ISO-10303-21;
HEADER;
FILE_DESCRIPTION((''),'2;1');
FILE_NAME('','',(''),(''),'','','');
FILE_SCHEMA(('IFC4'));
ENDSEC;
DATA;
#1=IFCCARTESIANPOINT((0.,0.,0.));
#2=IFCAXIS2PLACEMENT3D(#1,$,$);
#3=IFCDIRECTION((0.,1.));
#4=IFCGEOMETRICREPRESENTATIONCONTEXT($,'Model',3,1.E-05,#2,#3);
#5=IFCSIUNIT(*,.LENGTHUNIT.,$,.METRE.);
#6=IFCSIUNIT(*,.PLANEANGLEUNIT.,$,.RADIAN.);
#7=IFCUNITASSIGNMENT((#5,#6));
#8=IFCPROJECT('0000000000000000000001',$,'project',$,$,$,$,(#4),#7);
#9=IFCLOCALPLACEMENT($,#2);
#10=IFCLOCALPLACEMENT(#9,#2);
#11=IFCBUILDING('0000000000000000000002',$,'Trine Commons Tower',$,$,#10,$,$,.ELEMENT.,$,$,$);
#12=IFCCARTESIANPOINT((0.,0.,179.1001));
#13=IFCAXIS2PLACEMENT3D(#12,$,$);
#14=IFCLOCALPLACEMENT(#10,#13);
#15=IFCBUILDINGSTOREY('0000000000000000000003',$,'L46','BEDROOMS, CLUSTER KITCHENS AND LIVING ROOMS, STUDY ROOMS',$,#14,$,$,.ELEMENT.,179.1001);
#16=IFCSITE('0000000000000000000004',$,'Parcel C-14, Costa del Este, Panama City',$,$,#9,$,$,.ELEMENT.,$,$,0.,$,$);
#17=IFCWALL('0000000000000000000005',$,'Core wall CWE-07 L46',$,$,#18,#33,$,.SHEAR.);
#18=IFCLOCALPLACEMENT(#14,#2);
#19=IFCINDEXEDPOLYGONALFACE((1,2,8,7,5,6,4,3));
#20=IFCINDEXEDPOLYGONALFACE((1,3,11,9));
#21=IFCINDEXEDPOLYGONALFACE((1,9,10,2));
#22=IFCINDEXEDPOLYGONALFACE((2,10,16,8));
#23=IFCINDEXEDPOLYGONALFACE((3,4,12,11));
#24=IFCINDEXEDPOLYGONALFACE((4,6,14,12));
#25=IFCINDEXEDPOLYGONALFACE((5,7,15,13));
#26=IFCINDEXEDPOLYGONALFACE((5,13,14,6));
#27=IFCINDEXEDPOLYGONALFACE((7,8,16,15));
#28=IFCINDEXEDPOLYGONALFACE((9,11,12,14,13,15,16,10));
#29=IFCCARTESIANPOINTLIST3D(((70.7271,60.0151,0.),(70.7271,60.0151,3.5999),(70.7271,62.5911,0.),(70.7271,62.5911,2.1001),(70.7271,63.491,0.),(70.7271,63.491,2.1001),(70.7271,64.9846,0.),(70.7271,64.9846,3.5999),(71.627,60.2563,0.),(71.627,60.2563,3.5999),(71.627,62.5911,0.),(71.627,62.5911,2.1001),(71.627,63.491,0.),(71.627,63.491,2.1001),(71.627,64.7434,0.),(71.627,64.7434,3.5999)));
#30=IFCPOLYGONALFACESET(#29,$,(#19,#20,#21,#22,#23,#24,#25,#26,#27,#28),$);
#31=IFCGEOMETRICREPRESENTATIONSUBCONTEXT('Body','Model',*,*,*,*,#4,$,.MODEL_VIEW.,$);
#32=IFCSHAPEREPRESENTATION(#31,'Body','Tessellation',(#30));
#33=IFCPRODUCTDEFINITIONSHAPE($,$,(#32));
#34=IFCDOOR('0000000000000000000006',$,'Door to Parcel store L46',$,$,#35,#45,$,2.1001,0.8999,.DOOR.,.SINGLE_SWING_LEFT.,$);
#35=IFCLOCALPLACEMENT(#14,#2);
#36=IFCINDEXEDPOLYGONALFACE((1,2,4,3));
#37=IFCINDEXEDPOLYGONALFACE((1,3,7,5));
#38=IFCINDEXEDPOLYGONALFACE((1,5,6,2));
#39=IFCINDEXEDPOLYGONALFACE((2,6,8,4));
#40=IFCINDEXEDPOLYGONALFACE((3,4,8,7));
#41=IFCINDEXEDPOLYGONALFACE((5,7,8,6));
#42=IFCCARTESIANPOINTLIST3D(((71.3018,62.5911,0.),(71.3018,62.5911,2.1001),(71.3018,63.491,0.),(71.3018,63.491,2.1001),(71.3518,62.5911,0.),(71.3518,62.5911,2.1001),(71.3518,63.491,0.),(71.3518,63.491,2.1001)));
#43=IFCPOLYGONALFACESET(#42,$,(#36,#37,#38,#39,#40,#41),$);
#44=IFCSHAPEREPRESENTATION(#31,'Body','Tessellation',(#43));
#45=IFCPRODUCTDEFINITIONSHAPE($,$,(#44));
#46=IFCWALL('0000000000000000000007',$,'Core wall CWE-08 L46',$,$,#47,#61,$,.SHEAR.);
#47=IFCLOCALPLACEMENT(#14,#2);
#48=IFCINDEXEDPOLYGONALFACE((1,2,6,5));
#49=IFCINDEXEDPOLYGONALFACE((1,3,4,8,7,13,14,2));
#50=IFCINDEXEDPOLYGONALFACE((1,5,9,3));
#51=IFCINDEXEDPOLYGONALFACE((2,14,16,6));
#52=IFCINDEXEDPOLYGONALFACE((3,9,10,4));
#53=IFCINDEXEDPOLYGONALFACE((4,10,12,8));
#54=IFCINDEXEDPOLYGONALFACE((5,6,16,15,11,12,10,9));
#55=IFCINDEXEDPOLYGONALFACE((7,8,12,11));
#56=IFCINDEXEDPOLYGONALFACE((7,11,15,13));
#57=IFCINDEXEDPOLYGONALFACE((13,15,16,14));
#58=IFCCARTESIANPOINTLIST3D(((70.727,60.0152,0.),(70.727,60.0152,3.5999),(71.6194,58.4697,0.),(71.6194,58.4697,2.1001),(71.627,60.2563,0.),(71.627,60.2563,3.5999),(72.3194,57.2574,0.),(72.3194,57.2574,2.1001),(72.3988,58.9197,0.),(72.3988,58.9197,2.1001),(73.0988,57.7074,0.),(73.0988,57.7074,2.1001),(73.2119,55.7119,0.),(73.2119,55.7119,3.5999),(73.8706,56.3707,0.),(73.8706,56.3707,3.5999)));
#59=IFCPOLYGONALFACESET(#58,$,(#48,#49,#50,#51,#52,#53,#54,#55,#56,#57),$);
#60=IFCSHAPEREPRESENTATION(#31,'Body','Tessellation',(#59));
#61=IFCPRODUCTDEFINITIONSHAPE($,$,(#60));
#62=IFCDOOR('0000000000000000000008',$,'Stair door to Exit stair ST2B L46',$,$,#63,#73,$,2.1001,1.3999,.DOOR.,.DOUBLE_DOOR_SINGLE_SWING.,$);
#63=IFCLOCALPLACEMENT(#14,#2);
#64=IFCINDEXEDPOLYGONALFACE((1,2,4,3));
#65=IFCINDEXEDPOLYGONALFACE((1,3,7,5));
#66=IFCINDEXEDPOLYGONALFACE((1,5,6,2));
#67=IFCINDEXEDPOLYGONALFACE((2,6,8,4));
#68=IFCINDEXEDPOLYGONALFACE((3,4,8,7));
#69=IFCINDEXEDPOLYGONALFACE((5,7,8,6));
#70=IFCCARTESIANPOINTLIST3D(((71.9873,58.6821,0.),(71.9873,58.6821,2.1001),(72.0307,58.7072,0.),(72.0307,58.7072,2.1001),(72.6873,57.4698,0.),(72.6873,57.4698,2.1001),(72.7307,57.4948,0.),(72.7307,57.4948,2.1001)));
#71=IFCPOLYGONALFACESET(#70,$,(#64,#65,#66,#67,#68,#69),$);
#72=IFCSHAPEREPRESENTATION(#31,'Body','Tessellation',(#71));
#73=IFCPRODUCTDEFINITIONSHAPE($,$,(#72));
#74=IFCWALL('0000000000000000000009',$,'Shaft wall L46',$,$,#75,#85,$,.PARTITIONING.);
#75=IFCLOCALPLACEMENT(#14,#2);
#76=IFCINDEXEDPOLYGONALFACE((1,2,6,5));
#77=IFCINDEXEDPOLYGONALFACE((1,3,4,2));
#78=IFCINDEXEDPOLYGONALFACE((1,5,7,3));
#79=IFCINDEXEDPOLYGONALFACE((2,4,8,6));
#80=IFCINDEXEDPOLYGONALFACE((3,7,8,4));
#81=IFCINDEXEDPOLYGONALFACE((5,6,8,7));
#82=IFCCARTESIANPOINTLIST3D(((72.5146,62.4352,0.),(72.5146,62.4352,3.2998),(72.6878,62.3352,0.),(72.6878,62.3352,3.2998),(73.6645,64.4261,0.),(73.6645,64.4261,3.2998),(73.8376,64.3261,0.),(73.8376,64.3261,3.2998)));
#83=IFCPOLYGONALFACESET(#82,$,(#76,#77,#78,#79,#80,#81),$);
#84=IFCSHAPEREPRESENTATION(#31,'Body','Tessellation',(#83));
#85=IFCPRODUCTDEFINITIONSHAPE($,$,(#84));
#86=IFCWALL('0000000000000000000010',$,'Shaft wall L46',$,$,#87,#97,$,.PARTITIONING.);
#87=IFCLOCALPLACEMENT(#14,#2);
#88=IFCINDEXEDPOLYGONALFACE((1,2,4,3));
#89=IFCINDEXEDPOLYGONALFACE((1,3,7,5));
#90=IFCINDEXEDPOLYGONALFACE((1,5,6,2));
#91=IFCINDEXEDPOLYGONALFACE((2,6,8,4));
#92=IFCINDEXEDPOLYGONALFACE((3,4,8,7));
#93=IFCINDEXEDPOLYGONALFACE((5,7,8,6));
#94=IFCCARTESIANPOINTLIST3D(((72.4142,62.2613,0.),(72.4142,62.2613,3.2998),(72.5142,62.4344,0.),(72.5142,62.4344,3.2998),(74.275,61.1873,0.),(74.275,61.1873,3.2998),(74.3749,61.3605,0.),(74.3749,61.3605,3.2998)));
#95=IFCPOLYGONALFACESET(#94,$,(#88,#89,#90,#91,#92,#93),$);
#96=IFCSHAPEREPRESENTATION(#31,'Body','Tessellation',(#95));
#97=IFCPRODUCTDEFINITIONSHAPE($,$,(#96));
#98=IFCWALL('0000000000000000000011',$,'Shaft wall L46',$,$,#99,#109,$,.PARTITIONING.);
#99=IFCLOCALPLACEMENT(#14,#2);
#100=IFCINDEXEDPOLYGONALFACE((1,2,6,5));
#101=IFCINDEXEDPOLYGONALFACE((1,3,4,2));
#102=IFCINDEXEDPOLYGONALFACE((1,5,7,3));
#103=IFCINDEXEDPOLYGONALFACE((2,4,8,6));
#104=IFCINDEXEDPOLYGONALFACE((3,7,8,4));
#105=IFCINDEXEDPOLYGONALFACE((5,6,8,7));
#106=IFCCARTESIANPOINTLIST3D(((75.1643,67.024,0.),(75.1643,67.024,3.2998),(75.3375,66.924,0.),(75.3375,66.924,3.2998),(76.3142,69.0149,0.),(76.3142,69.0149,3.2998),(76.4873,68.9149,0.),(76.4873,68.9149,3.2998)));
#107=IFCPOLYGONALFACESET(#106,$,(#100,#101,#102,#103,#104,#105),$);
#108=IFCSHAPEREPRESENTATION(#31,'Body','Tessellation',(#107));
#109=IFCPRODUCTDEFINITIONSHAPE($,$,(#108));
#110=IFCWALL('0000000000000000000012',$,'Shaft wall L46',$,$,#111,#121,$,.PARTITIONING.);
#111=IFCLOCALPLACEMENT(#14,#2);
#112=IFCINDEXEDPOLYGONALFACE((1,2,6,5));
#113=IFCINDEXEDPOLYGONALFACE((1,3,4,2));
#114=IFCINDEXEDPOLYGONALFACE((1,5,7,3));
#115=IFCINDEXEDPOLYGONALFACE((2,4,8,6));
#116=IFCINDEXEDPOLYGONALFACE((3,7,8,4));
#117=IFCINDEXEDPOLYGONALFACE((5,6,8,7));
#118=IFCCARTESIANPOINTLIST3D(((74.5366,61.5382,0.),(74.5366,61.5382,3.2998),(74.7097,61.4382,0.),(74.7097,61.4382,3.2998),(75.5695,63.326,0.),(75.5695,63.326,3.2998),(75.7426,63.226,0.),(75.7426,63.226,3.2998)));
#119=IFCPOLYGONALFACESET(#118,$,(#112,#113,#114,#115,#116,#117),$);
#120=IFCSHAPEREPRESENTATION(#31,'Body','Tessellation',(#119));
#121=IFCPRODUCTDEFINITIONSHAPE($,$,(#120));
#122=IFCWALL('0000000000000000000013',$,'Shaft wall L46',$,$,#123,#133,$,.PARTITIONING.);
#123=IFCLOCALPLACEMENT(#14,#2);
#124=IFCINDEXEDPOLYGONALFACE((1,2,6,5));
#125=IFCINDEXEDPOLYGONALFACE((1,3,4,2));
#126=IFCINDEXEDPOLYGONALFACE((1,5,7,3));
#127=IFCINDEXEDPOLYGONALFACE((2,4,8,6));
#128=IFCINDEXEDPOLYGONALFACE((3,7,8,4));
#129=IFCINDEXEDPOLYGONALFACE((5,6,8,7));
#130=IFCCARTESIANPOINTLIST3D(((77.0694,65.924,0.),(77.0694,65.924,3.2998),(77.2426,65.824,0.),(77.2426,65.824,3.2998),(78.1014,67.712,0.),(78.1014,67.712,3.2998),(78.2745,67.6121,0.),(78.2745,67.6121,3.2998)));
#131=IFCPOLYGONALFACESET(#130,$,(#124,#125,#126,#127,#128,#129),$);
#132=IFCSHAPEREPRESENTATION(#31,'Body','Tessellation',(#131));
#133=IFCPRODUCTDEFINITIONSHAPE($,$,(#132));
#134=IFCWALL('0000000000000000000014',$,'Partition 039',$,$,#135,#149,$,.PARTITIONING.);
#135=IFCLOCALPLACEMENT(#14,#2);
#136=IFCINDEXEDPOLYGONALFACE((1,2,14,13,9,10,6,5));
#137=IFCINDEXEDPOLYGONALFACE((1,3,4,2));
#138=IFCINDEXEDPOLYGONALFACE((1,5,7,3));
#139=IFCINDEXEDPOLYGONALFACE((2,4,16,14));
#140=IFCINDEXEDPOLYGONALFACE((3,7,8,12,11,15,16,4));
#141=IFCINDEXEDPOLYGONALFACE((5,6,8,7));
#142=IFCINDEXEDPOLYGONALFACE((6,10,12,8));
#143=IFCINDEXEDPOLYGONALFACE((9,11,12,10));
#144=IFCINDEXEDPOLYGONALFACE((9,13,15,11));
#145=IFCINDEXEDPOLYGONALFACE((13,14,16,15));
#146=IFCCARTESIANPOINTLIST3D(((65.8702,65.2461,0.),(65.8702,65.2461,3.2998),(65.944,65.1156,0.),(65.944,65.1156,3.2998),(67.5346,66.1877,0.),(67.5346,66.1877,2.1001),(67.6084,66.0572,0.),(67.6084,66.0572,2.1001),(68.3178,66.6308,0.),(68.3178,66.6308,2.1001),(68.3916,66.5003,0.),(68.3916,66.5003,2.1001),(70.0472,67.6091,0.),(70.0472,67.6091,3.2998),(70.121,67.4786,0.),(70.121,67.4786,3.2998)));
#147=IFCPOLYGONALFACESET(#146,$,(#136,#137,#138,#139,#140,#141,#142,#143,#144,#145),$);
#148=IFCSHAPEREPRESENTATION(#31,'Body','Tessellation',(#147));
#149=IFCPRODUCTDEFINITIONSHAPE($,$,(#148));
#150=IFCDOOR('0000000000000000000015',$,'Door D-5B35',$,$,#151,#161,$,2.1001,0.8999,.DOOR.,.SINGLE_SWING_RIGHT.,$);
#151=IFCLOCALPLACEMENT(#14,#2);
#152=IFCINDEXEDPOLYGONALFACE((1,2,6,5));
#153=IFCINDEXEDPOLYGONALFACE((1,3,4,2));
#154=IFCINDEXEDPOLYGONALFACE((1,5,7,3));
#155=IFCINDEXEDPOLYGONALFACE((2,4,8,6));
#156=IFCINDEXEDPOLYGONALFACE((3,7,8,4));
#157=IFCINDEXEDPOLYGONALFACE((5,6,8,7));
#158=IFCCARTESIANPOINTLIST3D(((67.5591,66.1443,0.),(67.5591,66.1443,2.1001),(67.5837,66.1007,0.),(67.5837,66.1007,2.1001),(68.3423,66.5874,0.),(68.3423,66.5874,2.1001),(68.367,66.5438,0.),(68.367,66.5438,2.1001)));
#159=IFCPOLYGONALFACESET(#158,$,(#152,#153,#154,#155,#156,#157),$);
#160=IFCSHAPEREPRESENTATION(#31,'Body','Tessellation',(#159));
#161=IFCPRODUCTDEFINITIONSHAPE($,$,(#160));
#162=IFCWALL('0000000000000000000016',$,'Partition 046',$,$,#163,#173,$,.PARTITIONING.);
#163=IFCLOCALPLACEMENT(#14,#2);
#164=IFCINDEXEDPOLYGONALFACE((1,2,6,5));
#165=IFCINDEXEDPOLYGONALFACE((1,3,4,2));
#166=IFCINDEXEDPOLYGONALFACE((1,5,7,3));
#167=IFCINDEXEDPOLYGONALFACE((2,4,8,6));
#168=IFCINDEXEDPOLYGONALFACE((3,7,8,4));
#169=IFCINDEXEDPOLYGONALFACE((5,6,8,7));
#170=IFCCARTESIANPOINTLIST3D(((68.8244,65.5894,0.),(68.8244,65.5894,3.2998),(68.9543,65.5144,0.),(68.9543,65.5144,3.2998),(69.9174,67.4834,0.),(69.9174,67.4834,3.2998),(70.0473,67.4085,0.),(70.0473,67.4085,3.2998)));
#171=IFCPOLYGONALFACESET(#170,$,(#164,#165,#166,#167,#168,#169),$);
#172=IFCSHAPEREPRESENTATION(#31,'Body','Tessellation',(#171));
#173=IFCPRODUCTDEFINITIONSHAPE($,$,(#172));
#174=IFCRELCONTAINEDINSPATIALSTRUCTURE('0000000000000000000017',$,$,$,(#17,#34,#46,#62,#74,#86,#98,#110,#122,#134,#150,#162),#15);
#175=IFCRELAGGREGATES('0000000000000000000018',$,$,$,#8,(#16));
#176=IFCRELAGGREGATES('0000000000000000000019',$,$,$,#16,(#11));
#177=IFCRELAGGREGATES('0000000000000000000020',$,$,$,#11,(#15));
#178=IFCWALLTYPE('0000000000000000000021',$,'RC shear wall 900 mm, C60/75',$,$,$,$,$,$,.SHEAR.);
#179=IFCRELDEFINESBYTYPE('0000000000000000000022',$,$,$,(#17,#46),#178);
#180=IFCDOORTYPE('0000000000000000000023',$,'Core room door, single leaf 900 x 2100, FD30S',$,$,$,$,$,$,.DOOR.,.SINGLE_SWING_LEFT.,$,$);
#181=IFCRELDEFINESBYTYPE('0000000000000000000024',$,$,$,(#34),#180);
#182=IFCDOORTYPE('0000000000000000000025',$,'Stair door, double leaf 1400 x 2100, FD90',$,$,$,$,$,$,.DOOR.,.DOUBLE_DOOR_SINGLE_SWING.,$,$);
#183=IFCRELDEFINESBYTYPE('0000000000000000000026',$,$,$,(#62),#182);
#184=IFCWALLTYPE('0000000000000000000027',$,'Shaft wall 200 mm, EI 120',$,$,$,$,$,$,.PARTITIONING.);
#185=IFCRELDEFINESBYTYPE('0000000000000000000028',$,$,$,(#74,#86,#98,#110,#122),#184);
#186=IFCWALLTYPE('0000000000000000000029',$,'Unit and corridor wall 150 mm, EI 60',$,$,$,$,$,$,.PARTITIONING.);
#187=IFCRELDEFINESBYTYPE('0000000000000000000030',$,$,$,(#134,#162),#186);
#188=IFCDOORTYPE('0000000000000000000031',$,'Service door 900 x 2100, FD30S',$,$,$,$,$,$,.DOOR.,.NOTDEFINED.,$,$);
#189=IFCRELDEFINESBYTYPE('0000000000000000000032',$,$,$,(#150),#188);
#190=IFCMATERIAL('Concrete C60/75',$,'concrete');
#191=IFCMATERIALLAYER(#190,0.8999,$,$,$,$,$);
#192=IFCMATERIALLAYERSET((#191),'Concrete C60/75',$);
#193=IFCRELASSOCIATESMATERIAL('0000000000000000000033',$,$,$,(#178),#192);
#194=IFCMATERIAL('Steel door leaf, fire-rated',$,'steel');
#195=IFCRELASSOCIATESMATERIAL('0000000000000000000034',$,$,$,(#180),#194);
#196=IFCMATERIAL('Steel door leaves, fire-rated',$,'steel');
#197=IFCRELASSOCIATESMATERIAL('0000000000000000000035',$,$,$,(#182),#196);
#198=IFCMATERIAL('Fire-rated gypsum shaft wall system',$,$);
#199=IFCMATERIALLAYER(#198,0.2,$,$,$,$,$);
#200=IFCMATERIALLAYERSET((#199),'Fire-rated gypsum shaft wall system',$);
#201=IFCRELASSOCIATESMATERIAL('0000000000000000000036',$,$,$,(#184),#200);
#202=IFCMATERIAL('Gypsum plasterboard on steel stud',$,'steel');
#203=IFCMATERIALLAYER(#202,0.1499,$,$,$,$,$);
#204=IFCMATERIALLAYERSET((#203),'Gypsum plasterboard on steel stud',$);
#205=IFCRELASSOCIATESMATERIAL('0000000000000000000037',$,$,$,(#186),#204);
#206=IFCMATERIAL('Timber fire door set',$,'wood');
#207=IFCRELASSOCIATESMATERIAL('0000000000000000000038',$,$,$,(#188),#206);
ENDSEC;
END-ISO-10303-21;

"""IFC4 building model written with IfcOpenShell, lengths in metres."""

from ifc_helpers import new_model, si_unit, direction, frame, frame_2d, origin, place, context, subcontext, project, spatial, polyline, rectangle, outline, extrude, material, layer, layer_set, type_object, element, fill, save


model = new_model("IFC4")

# Units and contexts
model_context = context("Model", 3, precision=1e-05, world=origin(), true_north=direction((0.0, 1.0)))
body_context = subcontext(model_context, "Body", "Model", "MODEL_VIEW")
ifc_project = project(units=[si_unit("LENGTHUNIT", "METRE"), si_unit("PLANEANGLEUNIT", "RADIAN")], contexts=[model_context])

# Site, building, storey
site_placement = place(None, origin())
site = spatial("IfcSite", under=ifc_project, at=site_placement, Name="Parcel C-14, Costa del Este, Panama City", CompositionType="ELEMENT", RefElevation=0.0)
building_placement = place(site_placement, origin())
building = spatial("IfcBuilding", under=site, at=building_placement, Name="Trine Commons Tower", CompositionType="ELEMENT")
storey_placement = place(building_placement, frame((0.0, 0.0, 179.1001)))
storey = spatial("IfcBuildingStorey", under=building, at=storey_placement, Name="L46", Description="BEDROOMS, CLUSTER KITCHENS AND LIVING ROOMS, STUDY ROOMS", CompositionType="ELEMENT", Elevation=179.1001)

# Shared definitions
ifc_material_1 = material(Name="Fire-rated gypsum shaft wall system")
ifc_material_2 = material(Name="Steel door leaf, fire-rated", Category="steel")
ifc_material_3 = material(Name="Concrete C60/75", Category="concrete")

# Walls, openings, doors
ifc_layer_1 = layer(ifc_material_3, 0.8999)
ifc_layer_set_1 = layer_set([ifc_layer_1], Name="Concrete C60/75")
wall_type_1 = type_object("IfcWallType", Name="RC shear wall 900 mm, C60/75", PredefinedType="SHEAR", material=ifc_layer_set_1)
wall_1_placement = place(storey_placement, frame((71.177, 64.9846, 0.0), z_axis=(0.0, 0.0, 1.0), x_axis=(0.0, -1.0, 0.0)))
wall_1 = element("IfcWall", 1, at=wall_1_placement, inside=storey, type_object=wall_type_1, Name="Core wall CWE-07 L46", PredefinedType="SHEAR", context=body_context, shape_type="SweptSolid", body=[
    extrude(outline(polyline([(0.0, -0.45), (4.9695, -0.45), (4.7283, 0.45), (0.2412, 0.45), (0.0, -0.45)])), origin(), (0.0, 0.0, 1.0), 3.5999),
])
opening_1_placement = place(wall_1_placement, frame((1.4937, 0.0, 0.0)))
opening_1 = element("IfcOpeningElement", 2, at=opening_1_placement, cuts=wall_1, PredefinedType="OPENING", context=body_context, shape_type="SweptSolid", body=[
    extrude(rectangle(XDim=0.8999, YDim=2.1001, at=frame_2d((0.45, 1.05))), frame((0.0, 0.46, 0.0), z_axis=(0.0, -1.0, 0.0), x_axis=(1.0, 0.0, 0.0)), (0.0, 0.0, 1.0), 0.9199),
])
door_type_1 = type_object("IfcDoorType", Name="Core room door, single leaf 900 x 2100, FD30S", OperationType="SINGLE_SWING_LEFT", PredefinedType="DOOR", material=ifc_material_2)
door_1_placement = place(opening_1_placement, origin())
door_1 = element("IfcDoor", 3, at=door_1_placement, inside=storey, type_object=door_type_1, Name="Door to Parcel store L46", OperationType="SINGLE_SWING_LEFT", OverallHeight=2.1001, OverallWidth=0.8999, PredefinedType="DOOR", context=body_context, shape_type="SweptSolid", body=[
    extrude(rectangle(XDim=0.8999, YDim=2.1001, at=frame_2d((0.45, 1.05))), frame((0.0, 0.1748, 0.0), z_axis=(0.0, -1.0, 0.0), x_axis=(1.0, 0.0, 0.0)), (0.0, 0.0, 1.0), 0.05),
])
fill(opening_1, door_1)
wall_2_placement = place(storey_placement, frame((71.1167, 60.2402, 0.0), z_axis=(0.0, 0.0, 1.0), x_axis=(0.500039, -0.866003, 0.0)))
wall_2 = element("IfcWall", 4, at=wall_2_placement, inside=storey, type_object=wall_type_1, Name="Core wall CWE-08 L46", PredefinedType="SHEAR", context=body_context, shape_type="SweptSolid", body=[
    extrude(outline(polyline([(0.0, -0.45), (4.9692, -0.45), (4.728, 0.45), (0.2412, 0.45), (0.0, -0.45)])), origin(), (0.0, 0.0, 1.0), 3.5999),
])
opening_2_placement = place(wall_2_placement, frame((1.7847, 0.0, 0.0)))
opening_2 = element("IfcOpeningElement", 5, at=opening_2_placement, cuts=wall_2, PredefinedType="OPENING", context=body_context, shape_type="SweptSolid", body=[
    extrude(rectangle(XDim=1.3999, YDim=2.1001, at=frame_2d((0.7, 1.05))), frame((0.0, 0.46, 0.0), z_axis=(0.0, -1.0, 0.0), x_axis=(1.0, 0.0, 0.0)), (0.0, 0.0, 1.0), 0.9199),
])
ifc_material_4 = material(Name="Steel door leaves, fire-rated", Category="steel")
door_type_2 = type_object("IfcDoorType", Name="Stair door, double leaf 1400 x 2100, FD90", OperationType="DOUBLE_DOOR_SINGLE_SWING", PredefinedType="DOOR", material=ifc_material_4)
door_2_placement = place(opening_2_placement, origin())
door_2 = element("IfcDoor", 6, at=door_2_placement, inside=storey, type_object=door_type_2, Name="Stair door to Exit stair ST2B L46", OperationType="DOUBLE_DOOR_SINGLE_SWING", OverallHeight=2.1001, OverallWidth=1.3999, PredefinedType="DOOR", context=body_context, shape_type="SweptSolid", body=[
    extrude(rectangle(XDim=1.3999, YDim=2.1001, at=frame_2d((0.7, 1.05))), frame((0.0, 0.0249, 0.0), z_axis=(0.0, -1.0, 0.0), x_axis=(1.0, 0.0, 0.0)), (0.0, 0.0, 1.0), 0.05),
])
fill(opening_2, door_2)

# Walls
ifc_layer_2 = layer(ifc_material_1, 0.2)
ifc_layer_set_2 = layer_set([ifc_layer_2], Name="Fire-rated gypsum shaft wall system")
wall_type_2 = type_object("IfcWallType", Name="Shaft wall 200 mm, EI 120", PredefinedType="PARTITIONING", material=ifc_layer_set_2)
wall_3_placement = place(storey_placement, frame((73.751, 64.376, 0.0), z_axis=(0.0, 0.0, 1.0), x_axis=(-0.500136, -0.865947, 0.0)))
element("IfcWall", 7, at=wall_3_placement, inside=storey, type_object=wall_type_2, Name="Shaft wall L46", PredefinedType="PARTITIONING", context=body_context, shape_type="SweptSolid", body=[
    extrude(rectangle(XDim=2.2991, YDim=0.2, at=frame_2d((1.1494, 0.0))), origin(), (0.0, 0.0, 1.0), 3.2998),
])
wall_4_placement = place(storey_placement, frame((74.325, 61.2739, 0.0), z_axis=(0.0, 0.0, 1.0), x_axis=(-0.866102, 0.499867, 0.0)))
element("IfcWall", 8, at=wall_4_placement, inside=storey, type_object=wall_type_2, Name="Shaft wall L46", PredefinedType="PARTITIONING", context=body_context, shape_type="SweptSolid", body=[
    extrude(rectangle(XDim=2.1484, YDim=0.2, at=frame_2d((1.0742, 0.0))), origin(), (0.0, 0.0, 1.0), 3.2998),
])
wall_5_placement = place(storey_placement, frame((75.251, 66.9741, 0.0), z_axis=(0.0, 0.0, 1.0), x_axis=(0.500136, 0.865947, 0.0)))
element("IfcWall", 9, at=wall_5_placement, inside=storey, type_object=wall_type_2, Name="Shaft wall L46", PredefinedType="PARTITIONING", context=body_context, shape_type="SweptSolid", body=[
    extrude(rectangle(XDim=2.2991, YDim=0.2, at=frame_2d((1.1494, 0.0))), origin(), (0.0, 0.0, 1.0), 3.2998),
])
wall_6_placement = place(storey_placement, frame((75.656, 63.2759, 0.0), z_axis=(0.0, 0.0, 1.0), x_axis=(-0.500272, -0.865868, 0.0)))
element("IfcWall", 10, at=wall_6_placement, inside=storey, type_object=wall_type_2, Name="Shaft wall L46", PredefinedType="PARTITIONING", context=body_context, shape_type="SweptSolid", body=[
    extrude(rectangle(XDim=2.0647, YDim=0.2, at=frame_2d((1.0322, 0.0))), origin(), (0.0, 0.0, 1.0), 3.2998),
])
wall_7_placement = place(storey_placement, frame((77.156, 65.874, 0.0), z_axis=(0.0, 0.0, 1.0), x_axis=(0.499866, 0.866103, 0.0)))
element("IfcWall", 11, at=wall_7_placement, inside=storey, type_object=wall_type_2, Name="Shaft wall L46", PredefinedType="PARTITIONING", context=body_context, shape_type="SweptSolid", body=[
    extrude(rectangle(XDim=2.0645, YDim=0.2, at=frame_2d((1.0322, 0.0))), origin(), (0.0, 0.0, 1.0), 3.2998),
])

# Wall, opening, door
ifc_material_5 = material(Name="Gypsum plasterboard on steel stud", Category="steel")
ifc_layer_3 = layer(ifc_material_5, 0.1499)
ifc_layer_set_3 = layer_set([ifc_layer_3], Name="Gypsum plasterboard on steel stud")
wall_type_3 = type_object("IfcWallType", Name="Unit and corridor wall 150 mm, EI 60", PredefinedType="PARTITIONING", material=ifc_layer_set_3)
wall_8_placement = place(storey_placement, frame((65.9072, 65.1809, 0.0), z_axis=(0.0, 0.0, 1.0), x_axis=(0.870373, 0.492392, 0.0)))
wall_8 = element("IfcWall", 12, at=wall_8_placement, inside=storey, type_object=wall_type_3, Name="Partition 039", PredefinedType="PARTITIONING", context=body_context, shape_type="SweptSolid", body=[
    extrude(rectangle(XDim=4.7991, YDim=0.1499, at=frame_2d((2.3994, 0.0))), origin(), (0.0, 0.0, 1.0), 3.2998),
])
opening_3_placement = place(wall_8_placement, frame((1.9121, 0.0, 0.0)))
opening_3 = element("IfcOpeningElement", 13, at=opening_3_placement, cuts=wall_8, PredefinedType="OPENING", context=body_context, shape_type="SweptSolid", body=[
    extrude(rectangle(XDim=0.8999, YDim=2.1001, at=frame_2d((0.45, 1.05))), frame((0.0, 0.085, 0.0), z_axis=(0.0, -1.0, 0.0), x_axis=(1.0, 0.0, 0.0)), (0.0, 0.0, 1.0), 0.1699),
])
ifc_material_6 = material(Name="Timber fire door set", Category="wood")
door_type_3 = type_object("IfcDoorType", Name="Service door 900 x 2100, FD30S", OperationType="NOTDEFINED", PredefinedType="DOOR", material=ifc_material_6)
door_3_placement = place(opening_3_placement, frame((0.8999, 0.0, 0.0), z_axis=(0.0, 0.0, 1.0), x_axis=(-1.0, 0.0, 0.0)))
door_3 = element("IfcDoor", 14, at=door_3_placement, inside=storey, type_object=door_type_3, Name="Door D-5B35", OperationType="SINGLE_SWING_RIGHT", OverallHeight=2.1001, OverallWidth=0.8999, PredefinedType="DOOR", context=body_context, shape_type="SweptSolid", body=[
    extrude(rectangle(XDim=0.8999, YDim=2.1001, at=frame_2d((0.45, 1.05))), frame((0.0, 0.0249, 0.0), z_axis=(0.0, -1.0, 0.0), x_axis=(1.0, 0.0, 0.0)), (0.0, 0.0, 1.0), 0.05),
])
fill(opening_3, door_3)

# Wall
wall_9_placement = place(storey_placement, frame((68.8894, 65.552, 0.0), z_axis=(0.0, 0.0, 1.0), x_axis=(0.499826, 0.866126, 0.0)))
element("IfcWall", 15, at=wall_9_placement, inside=storey, type_object=wall_type_3, Name="Partition 046", PredefinedType="PARTITIONING", context=body_context, shape_type="SweptSolid", body=[
    extrude(rectangle(XDim=2.1868, YDim=0.1499, at=frame_2d((1.0933, 0.0))), origin(), (0.0, 0.0, 1.0), 3.2998),
])

save(model, "model.ifc")
